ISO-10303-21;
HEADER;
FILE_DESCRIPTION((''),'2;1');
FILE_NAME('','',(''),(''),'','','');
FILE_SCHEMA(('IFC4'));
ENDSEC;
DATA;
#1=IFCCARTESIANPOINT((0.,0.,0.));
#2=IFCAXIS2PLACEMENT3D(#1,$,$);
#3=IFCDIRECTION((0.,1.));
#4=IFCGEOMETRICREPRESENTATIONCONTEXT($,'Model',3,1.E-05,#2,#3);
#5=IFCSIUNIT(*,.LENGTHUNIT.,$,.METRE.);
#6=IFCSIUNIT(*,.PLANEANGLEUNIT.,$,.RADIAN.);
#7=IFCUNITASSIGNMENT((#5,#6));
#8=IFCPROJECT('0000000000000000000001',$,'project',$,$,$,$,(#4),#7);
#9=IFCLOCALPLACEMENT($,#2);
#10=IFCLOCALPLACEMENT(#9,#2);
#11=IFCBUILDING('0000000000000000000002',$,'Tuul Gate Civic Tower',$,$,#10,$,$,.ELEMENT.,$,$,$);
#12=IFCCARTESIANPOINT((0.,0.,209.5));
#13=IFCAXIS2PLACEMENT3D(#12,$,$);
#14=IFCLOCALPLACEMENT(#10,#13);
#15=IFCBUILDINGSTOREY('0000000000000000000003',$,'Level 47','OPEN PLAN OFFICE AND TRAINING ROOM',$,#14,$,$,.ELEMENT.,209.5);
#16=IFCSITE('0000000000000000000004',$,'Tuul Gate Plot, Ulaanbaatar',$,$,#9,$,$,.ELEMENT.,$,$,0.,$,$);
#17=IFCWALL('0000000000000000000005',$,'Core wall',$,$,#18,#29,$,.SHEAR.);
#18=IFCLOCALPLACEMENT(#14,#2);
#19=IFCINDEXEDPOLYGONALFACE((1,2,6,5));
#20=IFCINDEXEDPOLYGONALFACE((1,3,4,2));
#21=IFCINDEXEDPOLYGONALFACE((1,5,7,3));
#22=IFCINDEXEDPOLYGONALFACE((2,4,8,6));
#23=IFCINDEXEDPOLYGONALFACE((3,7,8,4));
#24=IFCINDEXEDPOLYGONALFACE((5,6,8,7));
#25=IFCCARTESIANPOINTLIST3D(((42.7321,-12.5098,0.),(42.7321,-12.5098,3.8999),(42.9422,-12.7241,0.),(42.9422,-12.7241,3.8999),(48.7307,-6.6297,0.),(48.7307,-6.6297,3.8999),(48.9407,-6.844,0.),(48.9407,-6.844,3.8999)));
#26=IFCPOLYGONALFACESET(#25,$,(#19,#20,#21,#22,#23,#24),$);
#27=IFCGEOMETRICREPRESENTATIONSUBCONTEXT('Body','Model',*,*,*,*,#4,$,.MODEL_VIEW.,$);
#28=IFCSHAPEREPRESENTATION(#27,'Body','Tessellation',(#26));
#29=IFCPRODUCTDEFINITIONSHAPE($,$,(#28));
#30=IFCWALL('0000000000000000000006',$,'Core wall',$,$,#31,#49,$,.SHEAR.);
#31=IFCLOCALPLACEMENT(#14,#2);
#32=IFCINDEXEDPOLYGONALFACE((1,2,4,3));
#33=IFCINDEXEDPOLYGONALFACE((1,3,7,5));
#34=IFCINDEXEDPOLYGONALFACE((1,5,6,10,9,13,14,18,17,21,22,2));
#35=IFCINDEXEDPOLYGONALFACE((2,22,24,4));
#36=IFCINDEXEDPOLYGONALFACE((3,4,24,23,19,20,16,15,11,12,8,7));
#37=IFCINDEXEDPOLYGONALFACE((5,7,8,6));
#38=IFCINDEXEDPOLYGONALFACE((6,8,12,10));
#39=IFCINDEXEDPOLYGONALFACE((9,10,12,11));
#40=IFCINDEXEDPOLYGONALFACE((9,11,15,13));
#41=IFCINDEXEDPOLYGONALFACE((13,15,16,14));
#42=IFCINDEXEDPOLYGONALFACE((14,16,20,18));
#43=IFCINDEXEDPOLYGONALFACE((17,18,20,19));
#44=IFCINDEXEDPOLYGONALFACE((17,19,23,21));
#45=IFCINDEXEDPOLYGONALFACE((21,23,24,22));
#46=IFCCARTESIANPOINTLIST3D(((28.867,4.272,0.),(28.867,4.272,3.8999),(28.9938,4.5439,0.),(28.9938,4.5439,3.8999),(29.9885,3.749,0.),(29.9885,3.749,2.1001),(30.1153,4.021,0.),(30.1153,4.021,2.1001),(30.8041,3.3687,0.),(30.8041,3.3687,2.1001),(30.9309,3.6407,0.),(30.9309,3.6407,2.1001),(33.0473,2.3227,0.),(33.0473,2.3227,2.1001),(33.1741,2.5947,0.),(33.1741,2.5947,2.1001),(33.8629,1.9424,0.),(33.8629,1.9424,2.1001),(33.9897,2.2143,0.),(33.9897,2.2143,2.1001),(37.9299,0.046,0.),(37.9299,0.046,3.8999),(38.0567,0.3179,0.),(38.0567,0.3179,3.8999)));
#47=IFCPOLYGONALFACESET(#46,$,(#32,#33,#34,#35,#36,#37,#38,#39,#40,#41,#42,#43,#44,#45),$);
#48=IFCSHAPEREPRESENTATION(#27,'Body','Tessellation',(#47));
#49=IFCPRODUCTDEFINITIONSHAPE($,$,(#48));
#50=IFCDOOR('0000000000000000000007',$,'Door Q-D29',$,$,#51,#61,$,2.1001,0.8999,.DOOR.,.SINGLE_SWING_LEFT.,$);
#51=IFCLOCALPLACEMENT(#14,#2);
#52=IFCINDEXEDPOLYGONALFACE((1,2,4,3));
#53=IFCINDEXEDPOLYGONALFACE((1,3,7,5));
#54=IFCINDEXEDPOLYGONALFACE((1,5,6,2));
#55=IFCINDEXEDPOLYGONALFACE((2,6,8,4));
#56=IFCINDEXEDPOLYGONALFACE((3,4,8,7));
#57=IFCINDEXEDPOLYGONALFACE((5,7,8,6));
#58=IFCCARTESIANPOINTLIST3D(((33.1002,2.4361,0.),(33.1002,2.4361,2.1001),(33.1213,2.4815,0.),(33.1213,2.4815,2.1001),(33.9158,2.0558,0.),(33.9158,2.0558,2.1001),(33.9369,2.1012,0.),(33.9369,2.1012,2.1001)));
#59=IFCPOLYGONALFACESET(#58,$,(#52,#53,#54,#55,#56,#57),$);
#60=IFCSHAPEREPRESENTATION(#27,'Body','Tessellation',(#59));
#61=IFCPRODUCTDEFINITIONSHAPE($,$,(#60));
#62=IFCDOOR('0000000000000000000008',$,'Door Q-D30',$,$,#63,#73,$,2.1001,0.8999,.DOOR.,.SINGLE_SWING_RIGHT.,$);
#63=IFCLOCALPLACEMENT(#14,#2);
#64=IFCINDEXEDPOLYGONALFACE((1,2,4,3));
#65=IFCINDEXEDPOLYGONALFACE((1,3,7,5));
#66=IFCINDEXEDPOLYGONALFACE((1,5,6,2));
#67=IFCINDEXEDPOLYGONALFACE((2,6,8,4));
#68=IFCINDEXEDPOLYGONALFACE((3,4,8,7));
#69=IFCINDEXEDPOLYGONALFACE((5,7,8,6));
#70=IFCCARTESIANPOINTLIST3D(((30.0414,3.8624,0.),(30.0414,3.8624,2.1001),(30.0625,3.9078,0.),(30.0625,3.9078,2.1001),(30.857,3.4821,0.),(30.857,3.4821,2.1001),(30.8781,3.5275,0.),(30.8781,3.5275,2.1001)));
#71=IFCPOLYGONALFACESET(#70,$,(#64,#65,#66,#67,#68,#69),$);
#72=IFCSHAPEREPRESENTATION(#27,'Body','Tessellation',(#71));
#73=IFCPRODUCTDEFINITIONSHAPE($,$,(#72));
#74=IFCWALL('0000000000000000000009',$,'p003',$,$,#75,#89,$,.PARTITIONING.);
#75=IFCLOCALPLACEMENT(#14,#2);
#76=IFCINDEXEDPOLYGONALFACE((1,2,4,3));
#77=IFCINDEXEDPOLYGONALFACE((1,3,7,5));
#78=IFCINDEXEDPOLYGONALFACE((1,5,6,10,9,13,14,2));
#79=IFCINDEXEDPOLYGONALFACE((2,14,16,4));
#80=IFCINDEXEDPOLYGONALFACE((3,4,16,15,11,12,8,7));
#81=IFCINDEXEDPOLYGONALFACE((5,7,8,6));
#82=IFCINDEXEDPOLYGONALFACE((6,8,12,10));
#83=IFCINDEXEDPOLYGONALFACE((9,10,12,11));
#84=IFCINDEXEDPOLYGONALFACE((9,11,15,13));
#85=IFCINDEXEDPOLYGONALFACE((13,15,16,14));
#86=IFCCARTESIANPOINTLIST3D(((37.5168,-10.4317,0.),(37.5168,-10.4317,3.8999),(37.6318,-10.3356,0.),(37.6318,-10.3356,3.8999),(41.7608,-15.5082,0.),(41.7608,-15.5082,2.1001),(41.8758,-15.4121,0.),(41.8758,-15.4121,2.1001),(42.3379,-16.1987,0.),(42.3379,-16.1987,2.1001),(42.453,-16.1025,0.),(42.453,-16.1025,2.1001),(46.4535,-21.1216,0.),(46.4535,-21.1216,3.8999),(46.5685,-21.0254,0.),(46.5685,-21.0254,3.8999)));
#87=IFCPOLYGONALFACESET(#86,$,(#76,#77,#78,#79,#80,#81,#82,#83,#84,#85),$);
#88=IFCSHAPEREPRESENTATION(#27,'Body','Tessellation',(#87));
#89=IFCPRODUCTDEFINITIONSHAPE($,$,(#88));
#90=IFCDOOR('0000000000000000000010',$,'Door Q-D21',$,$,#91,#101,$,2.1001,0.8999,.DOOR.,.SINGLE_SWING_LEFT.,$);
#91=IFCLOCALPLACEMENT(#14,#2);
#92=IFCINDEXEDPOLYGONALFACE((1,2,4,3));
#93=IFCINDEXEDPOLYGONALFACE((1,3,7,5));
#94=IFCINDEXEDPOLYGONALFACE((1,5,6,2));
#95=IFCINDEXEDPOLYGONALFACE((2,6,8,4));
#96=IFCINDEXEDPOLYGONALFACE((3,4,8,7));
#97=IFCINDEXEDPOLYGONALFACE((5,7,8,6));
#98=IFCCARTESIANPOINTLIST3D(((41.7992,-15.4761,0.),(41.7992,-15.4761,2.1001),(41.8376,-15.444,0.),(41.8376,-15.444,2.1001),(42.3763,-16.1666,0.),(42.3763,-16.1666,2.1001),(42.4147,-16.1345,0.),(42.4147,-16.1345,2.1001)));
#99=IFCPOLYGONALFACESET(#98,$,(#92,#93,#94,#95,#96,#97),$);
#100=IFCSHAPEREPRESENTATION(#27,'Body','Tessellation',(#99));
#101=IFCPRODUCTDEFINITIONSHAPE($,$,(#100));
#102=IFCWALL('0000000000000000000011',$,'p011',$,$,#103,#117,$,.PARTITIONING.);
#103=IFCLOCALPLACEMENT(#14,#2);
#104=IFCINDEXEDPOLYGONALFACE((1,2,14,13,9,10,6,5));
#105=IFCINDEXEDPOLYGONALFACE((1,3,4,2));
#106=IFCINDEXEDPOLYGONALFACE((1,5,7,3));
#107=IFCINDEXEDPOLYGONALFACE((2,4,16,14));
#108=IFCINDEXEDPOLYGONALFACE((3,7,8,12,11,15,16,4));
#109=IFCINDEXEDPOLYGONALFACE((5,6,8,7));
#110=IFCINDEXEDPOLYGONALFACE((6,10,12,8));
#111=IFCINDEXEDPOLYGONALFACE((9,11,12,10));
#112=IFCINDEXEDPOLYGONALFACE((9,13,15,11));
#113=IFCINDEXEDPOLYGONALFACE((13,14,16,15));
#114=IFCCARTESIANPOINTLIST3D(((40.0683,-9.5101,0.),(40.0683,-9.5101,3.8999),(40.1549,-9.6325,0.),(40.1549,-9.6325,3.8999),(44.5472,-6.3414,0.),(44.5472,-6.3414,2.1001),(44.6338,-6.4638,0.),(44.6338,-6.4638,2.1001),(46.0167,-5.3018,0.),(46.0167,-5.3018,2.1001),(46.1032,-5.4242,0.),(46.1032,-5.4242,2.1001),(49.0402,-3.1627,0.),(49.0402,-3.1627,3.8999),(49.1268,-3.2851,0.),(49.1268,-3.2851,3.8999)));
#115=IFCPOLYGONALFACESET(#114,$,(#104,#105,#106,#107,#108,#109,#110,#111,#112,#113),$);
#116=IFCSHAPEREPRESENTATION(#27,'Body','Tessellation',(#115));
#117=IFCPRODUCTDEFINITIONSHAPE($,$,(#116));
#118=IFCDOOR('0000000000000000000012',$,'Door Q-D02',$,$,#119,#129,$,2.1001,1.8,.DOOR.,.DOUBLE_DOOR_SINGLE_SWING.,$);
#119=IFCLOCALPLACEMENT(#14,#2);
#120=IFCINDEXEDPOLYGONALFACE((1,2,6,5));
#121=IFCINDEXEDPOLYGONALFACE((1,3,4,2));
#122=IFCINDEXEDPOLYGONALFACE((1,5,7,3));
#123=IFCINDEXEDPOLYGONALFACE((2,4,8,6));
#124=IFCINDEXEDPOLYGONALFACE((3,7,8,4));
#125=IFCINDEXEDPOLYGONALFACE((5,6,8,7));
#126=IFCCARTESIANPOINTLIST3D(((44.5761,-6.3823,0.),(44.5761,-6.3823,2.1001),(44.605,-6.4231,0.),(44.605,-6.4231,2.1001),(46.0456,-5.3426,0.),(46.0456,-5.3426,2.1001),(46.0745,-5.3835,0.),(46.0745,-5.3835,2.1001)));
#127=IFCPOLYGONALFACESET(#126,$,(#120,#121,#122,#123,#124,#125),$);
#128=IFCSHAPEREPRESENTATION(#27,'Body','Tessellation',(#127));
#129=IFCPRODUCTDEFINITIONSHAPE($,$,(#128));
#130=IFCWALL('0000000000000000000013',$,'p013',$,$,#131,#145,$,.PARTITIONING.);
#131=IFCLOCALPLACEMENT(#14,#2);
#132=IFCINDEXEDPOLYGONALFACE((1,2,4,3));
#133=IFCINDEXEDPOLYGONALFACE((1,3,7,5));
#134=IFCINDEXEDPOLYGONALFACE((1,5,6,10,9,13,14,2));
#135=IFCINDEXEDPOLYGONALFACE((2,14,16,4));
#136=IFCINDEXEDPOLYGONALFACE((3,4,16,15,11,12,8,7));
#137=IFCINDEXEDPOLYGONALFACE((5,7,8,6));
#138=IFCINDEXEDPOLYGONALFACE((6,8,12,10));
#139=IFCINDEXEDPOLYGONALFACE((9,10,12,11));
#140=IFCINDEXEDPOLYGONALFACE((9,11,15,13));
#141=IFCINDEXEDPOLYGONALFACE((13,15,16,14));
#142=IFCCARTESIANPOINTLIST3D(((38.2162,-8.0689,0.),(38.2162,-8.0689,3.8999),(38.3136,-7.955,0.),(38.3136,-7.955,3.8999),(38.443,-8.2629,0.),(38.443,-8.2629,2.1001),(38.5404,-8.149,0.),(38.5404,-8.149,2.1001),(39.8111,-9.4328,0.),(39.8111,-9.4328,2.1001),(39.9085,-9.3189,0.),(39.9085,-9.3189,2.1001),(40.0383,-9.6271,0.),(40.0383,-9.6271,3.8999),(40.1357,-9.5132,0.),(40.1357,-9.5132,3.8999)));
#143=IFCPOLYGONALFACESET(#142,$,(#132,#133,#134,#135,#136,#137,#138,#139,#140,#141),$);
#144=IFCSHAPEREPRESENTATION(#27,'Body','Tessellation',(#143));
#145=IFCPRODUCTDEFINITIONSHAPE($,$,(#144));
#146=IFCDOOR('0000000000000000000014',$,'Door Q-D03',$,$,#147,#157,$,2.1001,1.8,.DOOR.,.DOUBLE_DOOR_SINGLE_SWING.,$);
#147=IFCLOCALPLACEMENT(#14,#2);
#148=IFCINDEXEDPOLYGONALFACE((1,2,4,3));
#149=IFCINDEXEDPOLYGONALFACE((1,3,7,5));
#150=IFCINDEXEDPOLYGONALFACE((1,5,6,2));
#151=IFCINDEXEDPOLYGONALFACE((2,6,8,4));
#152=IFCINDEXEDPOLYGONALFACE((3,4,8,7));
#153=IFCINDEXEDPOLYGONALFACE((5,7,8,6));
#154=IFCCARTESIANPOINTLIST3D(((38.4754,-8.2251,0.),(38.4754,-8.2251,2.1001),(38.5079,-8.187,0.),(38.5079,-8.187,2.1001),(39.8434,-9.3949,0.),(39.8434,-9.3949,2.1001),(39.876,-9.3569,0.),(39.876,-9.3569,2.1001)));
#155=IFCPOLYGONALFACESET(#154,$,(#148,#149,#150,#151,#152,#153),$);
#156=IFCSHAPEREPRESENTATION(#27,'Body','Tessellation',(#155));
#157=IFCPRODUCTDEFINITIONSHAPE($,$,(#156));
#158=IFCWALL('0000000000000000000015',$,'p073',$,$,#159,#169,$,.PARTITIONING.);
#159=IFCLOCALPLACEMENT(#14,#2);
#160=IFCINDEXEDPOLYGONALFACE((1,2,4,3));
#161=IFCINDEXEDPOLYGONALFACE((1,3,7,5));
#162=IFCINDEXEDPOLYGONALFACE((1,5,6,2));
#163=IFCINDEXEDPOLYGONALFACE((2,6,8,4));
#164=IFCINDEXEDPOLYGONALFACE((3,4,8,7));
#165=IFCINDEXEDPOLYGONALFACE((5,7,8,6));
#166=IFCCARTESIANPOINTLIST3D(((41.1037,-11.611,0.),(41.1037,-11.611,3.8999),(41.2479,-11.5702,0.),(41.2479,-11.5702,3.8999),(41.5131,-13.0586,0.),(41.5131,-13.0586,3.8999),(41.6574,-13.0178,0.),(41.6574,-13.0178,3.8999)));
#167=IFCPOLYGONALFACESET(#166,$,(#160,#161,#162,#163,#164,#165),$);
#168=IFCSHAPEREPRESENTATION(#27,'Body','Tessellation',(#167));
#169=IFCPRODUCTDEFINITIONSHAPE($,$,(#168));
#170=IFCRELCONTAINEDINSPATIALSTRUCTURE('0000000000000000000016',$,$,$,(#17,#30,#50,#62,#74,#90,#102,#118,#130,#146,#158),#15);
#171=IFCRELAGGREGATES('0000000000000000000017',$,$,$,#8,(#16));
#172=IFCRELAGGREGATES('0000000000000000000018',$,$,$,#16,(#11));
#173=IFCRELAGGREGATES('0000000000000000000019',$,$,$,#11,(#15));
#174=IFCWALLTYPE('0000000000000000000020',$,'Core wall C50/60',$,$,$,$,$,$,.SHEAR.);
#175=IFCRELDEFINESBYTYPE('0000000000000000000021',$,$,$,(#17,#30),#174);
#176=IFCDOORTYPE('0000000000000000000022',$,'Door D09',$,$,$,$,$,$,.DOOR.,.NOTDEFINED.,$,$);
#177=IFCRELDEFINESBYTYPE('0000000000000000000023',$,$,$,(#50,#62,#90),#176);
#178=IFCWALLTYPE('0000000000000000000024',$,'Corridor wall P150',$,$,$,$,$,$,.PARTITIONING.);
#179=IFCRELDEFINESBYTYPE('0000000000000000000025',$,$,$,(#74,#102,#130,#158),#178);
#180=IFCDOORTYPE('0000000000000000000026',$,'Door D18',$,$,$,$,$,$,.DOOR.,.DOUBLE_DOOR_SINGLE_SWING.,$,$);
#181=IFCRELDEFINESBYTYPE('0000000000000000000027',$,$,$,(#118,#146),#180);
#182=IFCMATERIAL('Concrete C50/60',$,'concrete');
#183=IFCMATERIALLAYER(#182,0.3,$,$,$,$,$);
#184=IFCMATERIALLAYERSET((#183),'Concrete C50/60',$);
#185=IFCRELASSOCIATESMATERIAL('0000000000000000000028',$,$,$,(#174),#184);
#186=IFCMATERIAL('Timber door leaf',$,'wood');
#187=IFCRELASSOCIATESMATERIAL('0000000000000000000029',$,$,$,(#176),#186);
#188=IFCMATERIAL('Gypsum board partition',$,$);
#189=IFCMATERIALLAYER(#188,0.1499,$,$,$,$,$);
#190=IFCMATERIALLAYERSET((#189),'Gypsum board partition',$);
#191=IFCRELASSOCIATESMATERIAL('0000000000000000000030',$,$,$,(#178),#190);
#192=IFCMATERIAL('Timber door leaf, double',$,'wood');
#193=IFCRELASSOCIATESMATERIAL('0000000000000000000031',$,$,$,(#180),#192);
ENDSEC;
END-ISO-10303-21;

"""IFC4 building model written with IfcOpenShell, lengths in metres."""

from ifc_helpers import new_model, si_unit, direction, frame, frame_2d, origin, place, context, subcontext, project, spatial, rectangle, extrude, material, layer, layer_set, type_object, element, fill, save


model = new_model("IFC4")

# Units and contexts
model_context = context("Model", 3, precision=1e-05, world=origin(), true_north=direction((0.0, 1.0)))
body_context = subcontext(model_context, "Body", "Model", "MODEL_VIEW")
ifc_project = project(units=[si_unit("LENGTHUNIT", "METRE"), si_unit("PLANEANGLEUNIT", "RADIAN")], contexts=[model_context])

# Site, building, storey
site_placement = place(None, origin())
site = spatial("IfcSite", under=ifc_project, at=site_placement, Name="Tuul Gate Plot, Ulaanbaatar", CompositionType="ELEMENT", RefElevation=0.0)
building_placement = place(site_placement, origin())
building = spatial("IfcBuilding", under=site, at=building_placement, Name="Tuul Gate Civic Tower", CompositionType="ELEMENT")
storey_placement = place(building_placement, frame((0.0, 0.0, 209.5)))
storey = spatial("IfcBuildingStorey", under=building, at=storey_placement, Name="Level 47", Description="OPEN PLAN OFFICE AND TRAINING ROOM", CompositionType="ELEMENT", Elevation=209.5)

# Wall
ifc_material_1 = material(Name="Concrete C50/60", Category="concrete")
ifc_layer_1 = layer(ifc_material_1, 0.3)
ifc_layer_set_1 = layer_set([ifc_layer_1], Name="Concrete C50/60")
wall_type_1 = type_object("IfcWallType", Name="Core wall C50/60", PredefinedType="SHEAR", material=ifc_layer_set_1)
wall_1_placement = place(storey_placement, frame((42.8372, -12.6169, 0.0), z_axis=(0.0, 0.0, 1.0), x_axis=(0.71412, 0.700023, 0.0)))
element("IfcWall", 1, at=wall_1_placement, inside=storey, type_object=wall_type_1, Name="Core wall", PredefinedType="SHEAR", context=body_context, shape_type="SweptSolid", body=[
    extrude(rectangle(XDim=8.3999, YDim=0.3, at=frame_2d((4.2, 0.0))), origin(), (0.0, 0.0, 1.0), 3.8999),
])

# Wall, openings, doors
wall_2_placement = place(storey_placement, frame((37.9934, 0.1819, 0.0), z_axis=(0.0, 0.0, 1.0), x_axis=(-0.90631, 0.422613, 0.0)))
wall_2 = element("IfcWall", 2, at=wall_2_placement, inside=storey, type_object=wall_type_1, Name="Core wall", PredefinedType="SHEAR", context=body_context, shape_type="SweptSolid", body=[
    extrude(rectangle(XDim=9.9998, YDim=0.3, at=frame_2d((5.0, 0.0))), origin(), (0.0, 0.0, 1.0), 3.8999),
])
opening_1_placement = place(wall_2_placement, frame((4.4875, 0.0, 0.0)))
opening_1 = element("IfcOpeningElement", 3, at=opening_1_placement, cuts=wall_2, PredefinedType="OPENING", context=body_context, shape_type="SweptSolid", body=[
    extrude(rectangle(XDim=0.8999, YDim=2.1001, at=frame_2d((0.45, 1.05))), frame((0.0, 0.1602, 0.0), z_axis=(0.0, -1.0, 0.0), x_axis=(1.0, 0.0, 0.0)), (0.0, 0.0, 1.0), 0.3201),
])
opening_2_placement = place(wall_2_placement, frame((7.8625, 0.0, 0.0)))
opening_2 = element("IfcOpeningElement", 4, at=opening_2_placement, cuts=wall_2, PredefinedType="OPENING", context=body_context, shape_type="SweptSolid", body=[
    extrude(rectangle(XDim=0.8999, YDim=2.1001, at=frame_2d((0.45, 1.05))), frame((0.0, 0.1602, 0.0), z_axis=(0.0, -1.0, 0.0), x_axis=(1.0, 0.0, 0.0)), (0.0, 0.0, 1.0), 0.3201),
])
ifc_material_2 = material(Name="Timber door leaf", Category="wood")
door_type_1 = type_object("IfcDoorType", Name="Door D09", OperationType="NOTDEFINED", PredefinedType="DOOR", material=ifc_material_2)
door_1_placement = place(opening_1_placement, origin())
door_1 = element("IfcDoor", 5, at=door_1_placement, inside=storey, type_object=door_type_1, Name="Door Q-D29", OperationType="SINGLE_SWING_LEFT", OverallHeight=2.1001, OverallWidth=0.8999, PredefinedType="DOOR", context=body_context, shape_type="SweptSolid", body=[
    extrude(rectangle(XDim=0.8999, YDim=2.1001, at=frame_2d((0.45, 1.05))), frame((0.0, 0.0249, 0.0), z_axis=(0.0, -1.0, 0.0), x_axis=(1.0, 0.0, 0.0)), (0.0, 0.0, 1.0), 0.05),
])
fill(opening_1, door_1)
door_2_placement = place(opening_2_placement, origin())
door_2 = element("IfcDoor", 6, at=door_2_placement, inside=storey, type_object=door_type_1, Name="Door Q-D30", OperationType="SINGLE_SWING_RIGHT", OverallHeight=2.1001, OverallWidth=0.8999, PredefinedType="DOOR", context=body_context, shape_type="SweptSolid", body=[
    extrude(rectangle(XDim=0.8999, YDim=2.1001, at=frame_2d((0.45, 1.05))), frame((0.0, 0.0249, 0.0), z_axis=(0.0, -1.0, 0.0), x_axis=(1.0, 0.0, 0.0)), (0.0, 0.0, 1.0), 0.05),
])
fill(opening_2, door_2)

# Walls, openings, doors
ifc_material_3 = material(Name="Gypsum board partition")
ifc_layer_2 = layer(ifc_material_3, 0.1499)
ifc_layer_set_2 = layer_set([ifc_layer_2], Name="Gypsum board partition")
wall_type_2 = type_object("IfcWallType", Name="Corridor wall P150", PredefinedType="PARTITIONING", material=ifc_layer_set_2)
wall_3_placement = place(storey_placement, frame((37.5742, -10.3835, 0.0), z_axis=(0.0, 0.0, 1.0), x_axis=(0.64139, -0.767215, 0.0)))
wall_3 = element("IfcWall", 7, at=wall_3_placement, inside=storey, type_object=wall_type_2, Name="p003", PredefinedType="PARTITIONING", context=body_context, shape_type="SweptSolid", body=[
    extrude(rectangle(XDim=13.9333, YDim=0.1499, at=frame_2d((6.9668, 0.0))), origin(), (0.0, 0.0, 1.0), 3.8999),
])
opening_3_placement = place(wall_3_placement, frame((6.6169, 0.0, 0.0)))
opening_3 = element("IfcOpeningElement", 8, at=opening_3_placement, cuts=wall_3, PredefinedType="OPENING", context=body_context, shape_type="SweptSolid", body=[
    extrude(rectangle(XDim=0.8999, YDim=2.1001, at=frame_2d((0.45, 1.05))), frame((0.0, 0.085, 0.0), z_axis=(0.0, -1.0, 0.0), x_axis=(1.0, 0.0, 0.0)), (0.0, 0.0, 1.0), 0.1699),
])
door_3_placement = place(opening_3_placement, frame((0.8999, 0.0, 0.0), z_axis=(0.0, 0.0, 1.0), x_axis=(-1.0, 0.0, 0.0)))
door_3 = element("IfcDoor", 9, at=door_3_placement, inside=storey, type_object=door_type_1, Name="Door Q-D21", OperationType="SINGLE_SWING_LEFT", OverallHeight=2.1001, OverallWidth=0.8999, PredefinedType="DOOR", context=body_context, shape_type="SweptSolid", body=[
    extrude(rectangle(XDim=0.8999, YDim=2.1001, at=frame_2d((0.45, 1.05))), frame((0.0, 0.0249, 0.0), z_axis=(0.0, -1.0, 0.0), x_axis=(1.0, 0.0, 0.0)), (0.0, 0.0, 1.0), 0.05),
])
fill(opening_3, door_3)
wall_4_placement = place(storey_placement, frame((40.1116, -9.5713, 0.0), z_axis=(0.0, 0.0, 1.0), x_axis=(0.816355, 0.577551, 0.0)))
wall_4 = element("IfcWall", 10, at=wall_4_placement, inside=storey, type_object=wall_type_2, Name="p011", PredefinedType="PARTITIONING", context=body_context, shape_type="SweptSolid", body=[
    extrude(rectangle(XDim=10.9902, YDim=0.1499, at=frame_2d((5.4951, 0.0))), origin(), (0.0, 0.0, 1.0), 3.8999),
])
opening_4_placement = place(wall_4_placement, frame((5.4866, 0.0, 0.0)))
opening_4 = element("IfcOpeningElement", 11, at=opening_4_placement, cuts=wall_4, PredefinedType="OPENING", context=body_context, shape_type="SweptSolid", body=[
    extrude(rectangle(XDim=1.8, YDim=2.1001, at=frame_2d((0.8999, 1.05))), frame((0.0, 0.085, 0.0), z_axis=(0.0, -1.0, 0.0), x_axis=(1.0, 0.0, 0.0)), (0.0, 0.0, 1.0), 0.1699),
])
ifc_material_4 = material(Name="Timber door leaf, double", Category="wood")
door_type_2 = type_object("IfcDoorType", Name="Door D18", OperationType="DOUBLE_DOOR_SINGLE_SWING", PredefinedType="DOOR", material=ifc_material_4)
door_4_placement = place(opening_4_placement, origin())
door_4 = element("IfcDoor", 12, at=door_4_placement, inside=storey, type_object=door_type_2, Name="Door Q-D02", OperationType="DOUBLE_DOOR_SINGLE_SWING", OverallHeight=2.1001, OverallWidth=1.8, PredefinedType="DOOR", context=body_context, shape_type="SweptSolid", body=[
    extrude(rectangle(XDim=1.8, YDim=2.1001, at=frame_2d((0.8999, 1.05))), frame((0.0, 0.0249, 0.0), z_axis=(0.0, -1.0, 0.0), x_axis=(1.0, 0.0, 0.0)), (0.0, 0.0, 1.0), 0.05),
])
fill(opening_4, door_4)
wall_5_placement = place(storey_placement, frame((38.2649, -8.012, 0.0), z_axis=(0.0, 0.0, 1.0), x_axis=(0.760004, -0.649919, 0.0)))
wall_5 = element("IfcWall", 13, at=wall_5_placement, inside=storey, type_object=wall_type_2, Name="p013", PredefinedType="PARTITIONING", context=body_context, shape_type="SweptSolid", body=[
    extrude(rectangle(XDim=2.3975, YDim=0.1499, at=frame_2d((1.1987, 0.0))), origin(), (0.0, 0.0, 1.0), 3.8999),
])
opening_5_placement = place(wall_5_placement, frame((0.2986, 0.0, 0.0)))
opening_5 = element("IfcOpeningElement", 14, at=opening_5_placement, cuts=wall_5, PredefinedType="OPENING", context=body_context, shape_type="SweptSolid", body=[
    extrude(rectangle(XDim=1.8, YDim=2.1001, at=frame_2d((0.8999, 1.05))), frame((0.0, 0.085, 0.0), z_axis=(0.0, -1.0, 0.0), x_axis=(1.0, 0.0, 0.0)), (0.0, 0.0, 1.0), 0.1699),
])
door_5_placement = place(opening_5_placement, origin())
door_5 = element("IfcDoor", 15, at=door_5_placement, inside=storey, type_object=door_type_2, Name="Door Q-D03", OperationType="DOUBLE_DOOR_SINGLE_SWING", OverallHeight=2.1001, OverallWidth=1.8, PredefinedType="DOOR", context=body_context, shape_type="SweptSolid", body=[
    extrude(rectangle(XDim=1.8, YDim=2.1001, at=frame_2d((0.8999, 1.05))), frame((0.0, 0.0249, 0.0), z_axis=(0.0, -1.0, 0.0), x_axis=(1.0, 0.0, 0.0)), (0.0, 0.0, 1.0), 0.05),
])
fill(opening_5, door_5)

# Wall
wall_6_placement = place(storey_placement, frame((41.1758, -11.5906, 0.0), z_axis=(0.0, 0.0, 1.0), x_axis=(0.272169, -0.962249, 0.0)))
element("IfcWall", 16, at=wall_6_placement, inside=storey, type_object=wall_type_2, Name="p073", PredefinedType="PARTITIONING", context=body_context, shape_type="SweptSolid", body=[
    extrude(rectangle(XDim=1.5044, YDim=0.1499, at=frame_2d((0.7522, 0.0))), origin(), (0.0, 0.0, 1.0), 3.8999),
])

save(model, "model.ifc")
